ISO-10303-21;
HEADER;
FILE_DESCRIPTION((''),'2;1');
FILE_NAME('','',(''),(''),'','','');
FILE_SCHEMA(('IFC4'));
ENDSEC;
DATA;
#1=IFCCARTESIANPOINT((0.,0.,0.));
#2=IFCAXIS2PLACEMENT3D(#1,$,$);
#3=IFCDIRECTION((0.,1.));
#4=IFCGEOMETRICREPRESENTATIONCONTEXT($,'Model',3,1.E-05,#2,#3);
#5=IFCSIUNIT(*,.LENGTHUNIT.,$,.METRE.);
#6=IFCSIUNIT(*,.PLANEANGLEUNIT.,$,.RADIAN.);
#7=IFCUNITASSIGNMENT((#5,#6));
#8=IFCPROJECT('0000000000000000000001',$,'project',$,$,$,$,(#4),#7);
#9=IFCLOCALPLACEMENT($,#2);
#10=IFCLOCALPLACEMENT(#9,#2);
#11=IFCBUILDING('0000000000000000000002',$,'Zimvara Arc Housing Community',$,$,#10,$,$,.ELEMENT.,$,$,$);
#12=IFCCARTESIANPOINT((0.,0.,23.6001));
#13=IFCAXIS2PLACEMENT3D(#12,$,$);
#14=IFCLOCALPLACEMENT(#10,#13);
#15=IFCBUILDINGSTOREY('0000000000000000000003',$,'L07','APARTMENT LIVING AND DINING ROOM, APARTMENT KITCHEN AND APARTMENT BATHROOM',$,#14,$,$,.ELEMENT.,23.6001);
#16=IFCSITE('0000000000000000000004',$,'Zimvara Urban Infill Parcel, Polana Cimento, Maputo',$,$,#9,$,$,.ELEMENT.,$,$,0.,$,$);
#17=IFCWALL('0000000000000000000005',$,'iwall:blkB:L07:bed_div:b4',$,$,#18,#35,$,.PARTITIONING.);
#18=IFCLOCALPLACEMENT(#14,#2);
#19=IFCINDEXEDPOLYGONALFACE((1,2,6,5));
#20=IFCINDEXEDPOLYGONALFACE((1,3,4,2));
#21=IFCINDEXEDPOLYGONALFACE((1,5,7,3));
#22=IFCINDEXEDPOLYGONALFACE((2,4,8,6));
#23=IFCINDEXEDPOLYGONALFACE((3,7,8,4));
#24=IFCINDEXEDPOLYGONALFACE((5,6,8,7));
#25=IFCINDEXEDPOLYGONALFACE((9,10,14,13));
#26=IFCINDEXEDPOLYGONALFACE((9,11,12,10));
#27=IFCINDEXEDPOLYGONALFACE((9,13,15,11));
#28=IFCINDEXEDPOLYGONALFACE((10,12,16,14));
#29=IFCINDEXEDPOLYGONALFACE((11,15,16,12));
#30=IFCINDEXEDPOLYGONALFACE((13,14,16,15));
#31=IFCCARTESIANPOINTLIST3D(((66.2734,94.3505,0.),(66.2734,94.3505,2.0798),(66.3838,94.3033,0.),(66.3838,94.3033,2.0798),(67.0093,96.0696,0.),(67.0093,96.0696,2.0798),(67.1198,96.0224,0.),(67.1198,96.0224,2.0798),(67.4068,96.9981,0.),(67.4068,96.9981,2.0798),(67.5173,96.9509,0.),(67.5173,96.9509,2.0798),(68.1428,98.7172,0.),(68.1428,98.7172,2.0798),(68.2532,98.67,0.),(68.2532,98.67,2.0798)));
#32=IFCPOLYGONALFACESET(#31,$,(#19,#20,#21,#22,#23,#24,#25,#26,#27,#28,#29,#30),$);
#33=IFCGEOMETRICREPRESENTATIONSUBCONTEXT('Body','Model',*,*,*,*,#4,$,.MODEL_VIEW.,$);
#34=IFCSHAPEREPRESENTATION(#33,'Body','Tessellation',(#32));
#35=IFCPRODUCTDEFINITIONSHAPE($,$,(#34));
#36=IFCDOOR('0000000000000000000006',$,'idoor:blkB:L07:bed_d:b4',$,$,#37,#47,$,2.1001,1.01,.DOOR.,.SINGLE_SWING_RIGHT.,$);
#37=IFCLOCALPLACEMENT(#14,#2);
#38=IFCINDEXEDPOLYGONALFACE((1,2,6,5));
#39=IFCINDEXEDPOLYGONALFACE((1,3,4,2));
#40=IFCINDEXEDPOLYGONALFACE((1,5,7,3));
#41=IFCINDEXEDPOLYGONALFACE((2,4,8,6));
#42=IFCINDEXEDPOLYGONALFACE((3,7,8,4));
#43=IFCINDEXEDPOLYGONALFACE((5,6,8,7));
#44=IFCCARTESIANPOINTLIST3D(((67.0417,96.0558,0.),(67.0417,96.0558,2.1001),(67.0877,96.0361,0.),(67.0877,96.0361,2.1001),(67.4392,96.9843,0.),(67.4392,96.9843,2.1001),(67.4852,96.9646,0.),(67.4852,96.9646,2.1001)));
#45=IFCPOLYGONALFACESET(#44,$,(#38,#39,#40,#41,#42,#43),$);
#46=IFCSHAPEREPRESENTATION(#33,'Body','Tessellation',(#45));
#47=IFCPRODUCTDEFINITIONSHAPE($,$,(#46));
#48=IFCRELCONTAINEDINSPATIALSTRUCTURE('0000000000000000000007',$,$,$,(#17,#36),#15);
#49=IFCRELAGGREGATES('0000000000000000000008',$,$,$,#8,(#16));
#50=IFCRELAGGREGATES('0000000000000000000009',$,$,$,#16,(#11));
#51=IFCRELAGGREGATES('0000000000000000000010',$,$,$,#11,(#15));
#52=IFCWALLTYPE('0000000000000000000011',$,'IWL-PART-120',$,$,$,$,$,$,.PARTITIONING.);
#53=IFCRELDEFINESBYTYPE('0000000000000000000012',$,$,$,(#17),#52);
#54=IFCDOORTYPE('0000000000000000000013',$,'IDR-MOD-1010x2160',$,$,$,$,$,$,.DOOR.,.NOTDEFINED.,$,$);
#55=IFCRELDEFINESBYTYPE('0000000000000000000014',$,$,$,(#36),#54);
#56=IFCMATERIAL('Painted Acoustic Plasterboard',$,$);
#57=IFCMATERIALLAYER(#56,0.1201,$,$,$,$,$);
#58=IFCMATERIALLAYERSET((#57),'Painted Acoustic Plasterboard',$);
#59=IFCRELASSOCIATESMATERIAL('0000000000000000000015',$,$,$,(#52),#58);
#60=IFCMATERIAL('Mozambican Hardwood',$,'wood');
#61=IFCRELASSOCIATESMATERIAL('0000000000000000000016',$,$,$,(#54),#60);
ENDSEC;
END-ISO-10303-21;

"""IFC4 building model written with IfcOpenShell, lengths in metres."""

from ifc_helpers import new_model, si_unit, direction, frame, frame_2d, origin, place, context, subcontext, project, spatial, rectangle, extrude, material, layer, layer_set, type_object, element, fill, save


model = new_model("IFC4")

# Units and contexts
model_context = context("Model", 3, precision=1e-05, world=origin(), true_north=direction((0.0, 1.0)))
body_context = subcontext(model_context, "Body", "Model", "MODEL_VIEW")
ifc_project = project(units=[si_unit("LENGTHUNIT", "METRE"), si_unit("PLANEANGLEUNIT", "RADIAN")], contexts=[model_context])

# Site, building, storey
site_placement = place(None, origin())
site = spatial("IfcSite", under=ifc_project, at=site_placement, Name="Zimvara Urban Infill Parcel, Polana Cimento, Maputo", CompositionType="ELEMENT", RefElevation=0.0)
building_placement = place(site_placement, origin())
building = spatial("IfcBuilding", under=site, at=building_placement, Name="Zimvara Arc Housing Community", CompositionType="ELEMENT")
storey_placement = place(building_placement, frame((0.0, 0.0, 23.6001)))
storey = spatial("IfcBuildingStorey", under=building, at=storey_placement, Name="L07", Description="APARTMENT LIVING AND DINING ROOM, APARTMENT KITCHEN AND APARTMENT BATHROOM", CompositionType="ELEMENT", Elevation=23.6001)

# Wall, opening, door
ifc_material_1 = material(Name="Painted Acoustic Plasterboard")
ifc_layer_1 = layer(ifc_material_1, 0.1201)
ifc_layer_set_1 = layer_set([ifc_layer_1], Name="Painted Acoustic Plasterboard")
wall_type_1 = type_object("IfcWallType", Name="IWL-PART-120", PredefinedType="PARTITIONING", material=ifc_layer_set_1)
wall_1_placement = place(storey_placement, frame((66.3286, 94.3269, 0.0), z_axis=(0.0, 0.0, 1.0), x_axis=(0.393553, 0.919302, 0.0)))
wall_1 = element("IfcWall", 1, at=wall_1_placement, inside=storey, type_object=wall_type_1, Name="iwall:blkB:L07:bed_div:b4", PredefinedType="PARTITIONING", context=body_context, shape_type="SweptSolid", body=[
    extrude(rectangle(XDim=4.75, YDim=0.1201, at=frame_2d((2.375, 0.0))), origin(), (0.0, 0.0, 1.0), 2.0798),
])
opening_1_placement = place(wall_1_placement, frame((1.8701, 0.0, 0.0)))
opening_1 = element("IfcOpeningElement", 2, at=opening_1_placement, cuts=wall_1, PredefinedType="OPENING", context=body_context, shape_type="SweptSolid", body=[
    extrude(rectangle(XDim=1.01, YDim=2.1001, at=frame_2d((0.5049, 1.05))), frame((0.0, 0.0701, 0.0), z_axis=(0.0, -1.0, 0.0), x_axis=(1.0, 0.0, 0.0)), (0.0, 0.0, 1.0), 0.1401),
])
ifc_material_2 = material(Name="Mozambican Hardwood", Category="wood")
door_type_1 = type_object("IfcDoorType", Name="IDR-MOD-1010x2160", OperationType="NOTDEFINED", PredefinedType="DOOR", material=ifc_material_2)
door_1_placement = place(opening_1_placement, origin())
door_1 = element("IfcDoor", 3, at=door_1_placement, inside=storey, type_object=door_type_1, Name="idoor:blkB:L07:bed_d:b4", OperationType="SINGLE_SWING_RIGHT", OverallHeight=2.1001, OverallWidth=1.01, PredefinedType="DOOR", context=body_context, shape_type="SweptSolid", body=[
    extrude(rectangle(XDim=1.01, YDim=2.1001, at=frame_2d((0.5049, 1.05))), frame((0.0, 0.0249, 0.0), z_axis=(0.0, -1.0, 0.0), x_axis=(1.0, 0.0, 0.0)), (0.0, 0.0, 1.0), 0.05),
])
fill(opening_1, door_1)

save(model, "model.ifc")
